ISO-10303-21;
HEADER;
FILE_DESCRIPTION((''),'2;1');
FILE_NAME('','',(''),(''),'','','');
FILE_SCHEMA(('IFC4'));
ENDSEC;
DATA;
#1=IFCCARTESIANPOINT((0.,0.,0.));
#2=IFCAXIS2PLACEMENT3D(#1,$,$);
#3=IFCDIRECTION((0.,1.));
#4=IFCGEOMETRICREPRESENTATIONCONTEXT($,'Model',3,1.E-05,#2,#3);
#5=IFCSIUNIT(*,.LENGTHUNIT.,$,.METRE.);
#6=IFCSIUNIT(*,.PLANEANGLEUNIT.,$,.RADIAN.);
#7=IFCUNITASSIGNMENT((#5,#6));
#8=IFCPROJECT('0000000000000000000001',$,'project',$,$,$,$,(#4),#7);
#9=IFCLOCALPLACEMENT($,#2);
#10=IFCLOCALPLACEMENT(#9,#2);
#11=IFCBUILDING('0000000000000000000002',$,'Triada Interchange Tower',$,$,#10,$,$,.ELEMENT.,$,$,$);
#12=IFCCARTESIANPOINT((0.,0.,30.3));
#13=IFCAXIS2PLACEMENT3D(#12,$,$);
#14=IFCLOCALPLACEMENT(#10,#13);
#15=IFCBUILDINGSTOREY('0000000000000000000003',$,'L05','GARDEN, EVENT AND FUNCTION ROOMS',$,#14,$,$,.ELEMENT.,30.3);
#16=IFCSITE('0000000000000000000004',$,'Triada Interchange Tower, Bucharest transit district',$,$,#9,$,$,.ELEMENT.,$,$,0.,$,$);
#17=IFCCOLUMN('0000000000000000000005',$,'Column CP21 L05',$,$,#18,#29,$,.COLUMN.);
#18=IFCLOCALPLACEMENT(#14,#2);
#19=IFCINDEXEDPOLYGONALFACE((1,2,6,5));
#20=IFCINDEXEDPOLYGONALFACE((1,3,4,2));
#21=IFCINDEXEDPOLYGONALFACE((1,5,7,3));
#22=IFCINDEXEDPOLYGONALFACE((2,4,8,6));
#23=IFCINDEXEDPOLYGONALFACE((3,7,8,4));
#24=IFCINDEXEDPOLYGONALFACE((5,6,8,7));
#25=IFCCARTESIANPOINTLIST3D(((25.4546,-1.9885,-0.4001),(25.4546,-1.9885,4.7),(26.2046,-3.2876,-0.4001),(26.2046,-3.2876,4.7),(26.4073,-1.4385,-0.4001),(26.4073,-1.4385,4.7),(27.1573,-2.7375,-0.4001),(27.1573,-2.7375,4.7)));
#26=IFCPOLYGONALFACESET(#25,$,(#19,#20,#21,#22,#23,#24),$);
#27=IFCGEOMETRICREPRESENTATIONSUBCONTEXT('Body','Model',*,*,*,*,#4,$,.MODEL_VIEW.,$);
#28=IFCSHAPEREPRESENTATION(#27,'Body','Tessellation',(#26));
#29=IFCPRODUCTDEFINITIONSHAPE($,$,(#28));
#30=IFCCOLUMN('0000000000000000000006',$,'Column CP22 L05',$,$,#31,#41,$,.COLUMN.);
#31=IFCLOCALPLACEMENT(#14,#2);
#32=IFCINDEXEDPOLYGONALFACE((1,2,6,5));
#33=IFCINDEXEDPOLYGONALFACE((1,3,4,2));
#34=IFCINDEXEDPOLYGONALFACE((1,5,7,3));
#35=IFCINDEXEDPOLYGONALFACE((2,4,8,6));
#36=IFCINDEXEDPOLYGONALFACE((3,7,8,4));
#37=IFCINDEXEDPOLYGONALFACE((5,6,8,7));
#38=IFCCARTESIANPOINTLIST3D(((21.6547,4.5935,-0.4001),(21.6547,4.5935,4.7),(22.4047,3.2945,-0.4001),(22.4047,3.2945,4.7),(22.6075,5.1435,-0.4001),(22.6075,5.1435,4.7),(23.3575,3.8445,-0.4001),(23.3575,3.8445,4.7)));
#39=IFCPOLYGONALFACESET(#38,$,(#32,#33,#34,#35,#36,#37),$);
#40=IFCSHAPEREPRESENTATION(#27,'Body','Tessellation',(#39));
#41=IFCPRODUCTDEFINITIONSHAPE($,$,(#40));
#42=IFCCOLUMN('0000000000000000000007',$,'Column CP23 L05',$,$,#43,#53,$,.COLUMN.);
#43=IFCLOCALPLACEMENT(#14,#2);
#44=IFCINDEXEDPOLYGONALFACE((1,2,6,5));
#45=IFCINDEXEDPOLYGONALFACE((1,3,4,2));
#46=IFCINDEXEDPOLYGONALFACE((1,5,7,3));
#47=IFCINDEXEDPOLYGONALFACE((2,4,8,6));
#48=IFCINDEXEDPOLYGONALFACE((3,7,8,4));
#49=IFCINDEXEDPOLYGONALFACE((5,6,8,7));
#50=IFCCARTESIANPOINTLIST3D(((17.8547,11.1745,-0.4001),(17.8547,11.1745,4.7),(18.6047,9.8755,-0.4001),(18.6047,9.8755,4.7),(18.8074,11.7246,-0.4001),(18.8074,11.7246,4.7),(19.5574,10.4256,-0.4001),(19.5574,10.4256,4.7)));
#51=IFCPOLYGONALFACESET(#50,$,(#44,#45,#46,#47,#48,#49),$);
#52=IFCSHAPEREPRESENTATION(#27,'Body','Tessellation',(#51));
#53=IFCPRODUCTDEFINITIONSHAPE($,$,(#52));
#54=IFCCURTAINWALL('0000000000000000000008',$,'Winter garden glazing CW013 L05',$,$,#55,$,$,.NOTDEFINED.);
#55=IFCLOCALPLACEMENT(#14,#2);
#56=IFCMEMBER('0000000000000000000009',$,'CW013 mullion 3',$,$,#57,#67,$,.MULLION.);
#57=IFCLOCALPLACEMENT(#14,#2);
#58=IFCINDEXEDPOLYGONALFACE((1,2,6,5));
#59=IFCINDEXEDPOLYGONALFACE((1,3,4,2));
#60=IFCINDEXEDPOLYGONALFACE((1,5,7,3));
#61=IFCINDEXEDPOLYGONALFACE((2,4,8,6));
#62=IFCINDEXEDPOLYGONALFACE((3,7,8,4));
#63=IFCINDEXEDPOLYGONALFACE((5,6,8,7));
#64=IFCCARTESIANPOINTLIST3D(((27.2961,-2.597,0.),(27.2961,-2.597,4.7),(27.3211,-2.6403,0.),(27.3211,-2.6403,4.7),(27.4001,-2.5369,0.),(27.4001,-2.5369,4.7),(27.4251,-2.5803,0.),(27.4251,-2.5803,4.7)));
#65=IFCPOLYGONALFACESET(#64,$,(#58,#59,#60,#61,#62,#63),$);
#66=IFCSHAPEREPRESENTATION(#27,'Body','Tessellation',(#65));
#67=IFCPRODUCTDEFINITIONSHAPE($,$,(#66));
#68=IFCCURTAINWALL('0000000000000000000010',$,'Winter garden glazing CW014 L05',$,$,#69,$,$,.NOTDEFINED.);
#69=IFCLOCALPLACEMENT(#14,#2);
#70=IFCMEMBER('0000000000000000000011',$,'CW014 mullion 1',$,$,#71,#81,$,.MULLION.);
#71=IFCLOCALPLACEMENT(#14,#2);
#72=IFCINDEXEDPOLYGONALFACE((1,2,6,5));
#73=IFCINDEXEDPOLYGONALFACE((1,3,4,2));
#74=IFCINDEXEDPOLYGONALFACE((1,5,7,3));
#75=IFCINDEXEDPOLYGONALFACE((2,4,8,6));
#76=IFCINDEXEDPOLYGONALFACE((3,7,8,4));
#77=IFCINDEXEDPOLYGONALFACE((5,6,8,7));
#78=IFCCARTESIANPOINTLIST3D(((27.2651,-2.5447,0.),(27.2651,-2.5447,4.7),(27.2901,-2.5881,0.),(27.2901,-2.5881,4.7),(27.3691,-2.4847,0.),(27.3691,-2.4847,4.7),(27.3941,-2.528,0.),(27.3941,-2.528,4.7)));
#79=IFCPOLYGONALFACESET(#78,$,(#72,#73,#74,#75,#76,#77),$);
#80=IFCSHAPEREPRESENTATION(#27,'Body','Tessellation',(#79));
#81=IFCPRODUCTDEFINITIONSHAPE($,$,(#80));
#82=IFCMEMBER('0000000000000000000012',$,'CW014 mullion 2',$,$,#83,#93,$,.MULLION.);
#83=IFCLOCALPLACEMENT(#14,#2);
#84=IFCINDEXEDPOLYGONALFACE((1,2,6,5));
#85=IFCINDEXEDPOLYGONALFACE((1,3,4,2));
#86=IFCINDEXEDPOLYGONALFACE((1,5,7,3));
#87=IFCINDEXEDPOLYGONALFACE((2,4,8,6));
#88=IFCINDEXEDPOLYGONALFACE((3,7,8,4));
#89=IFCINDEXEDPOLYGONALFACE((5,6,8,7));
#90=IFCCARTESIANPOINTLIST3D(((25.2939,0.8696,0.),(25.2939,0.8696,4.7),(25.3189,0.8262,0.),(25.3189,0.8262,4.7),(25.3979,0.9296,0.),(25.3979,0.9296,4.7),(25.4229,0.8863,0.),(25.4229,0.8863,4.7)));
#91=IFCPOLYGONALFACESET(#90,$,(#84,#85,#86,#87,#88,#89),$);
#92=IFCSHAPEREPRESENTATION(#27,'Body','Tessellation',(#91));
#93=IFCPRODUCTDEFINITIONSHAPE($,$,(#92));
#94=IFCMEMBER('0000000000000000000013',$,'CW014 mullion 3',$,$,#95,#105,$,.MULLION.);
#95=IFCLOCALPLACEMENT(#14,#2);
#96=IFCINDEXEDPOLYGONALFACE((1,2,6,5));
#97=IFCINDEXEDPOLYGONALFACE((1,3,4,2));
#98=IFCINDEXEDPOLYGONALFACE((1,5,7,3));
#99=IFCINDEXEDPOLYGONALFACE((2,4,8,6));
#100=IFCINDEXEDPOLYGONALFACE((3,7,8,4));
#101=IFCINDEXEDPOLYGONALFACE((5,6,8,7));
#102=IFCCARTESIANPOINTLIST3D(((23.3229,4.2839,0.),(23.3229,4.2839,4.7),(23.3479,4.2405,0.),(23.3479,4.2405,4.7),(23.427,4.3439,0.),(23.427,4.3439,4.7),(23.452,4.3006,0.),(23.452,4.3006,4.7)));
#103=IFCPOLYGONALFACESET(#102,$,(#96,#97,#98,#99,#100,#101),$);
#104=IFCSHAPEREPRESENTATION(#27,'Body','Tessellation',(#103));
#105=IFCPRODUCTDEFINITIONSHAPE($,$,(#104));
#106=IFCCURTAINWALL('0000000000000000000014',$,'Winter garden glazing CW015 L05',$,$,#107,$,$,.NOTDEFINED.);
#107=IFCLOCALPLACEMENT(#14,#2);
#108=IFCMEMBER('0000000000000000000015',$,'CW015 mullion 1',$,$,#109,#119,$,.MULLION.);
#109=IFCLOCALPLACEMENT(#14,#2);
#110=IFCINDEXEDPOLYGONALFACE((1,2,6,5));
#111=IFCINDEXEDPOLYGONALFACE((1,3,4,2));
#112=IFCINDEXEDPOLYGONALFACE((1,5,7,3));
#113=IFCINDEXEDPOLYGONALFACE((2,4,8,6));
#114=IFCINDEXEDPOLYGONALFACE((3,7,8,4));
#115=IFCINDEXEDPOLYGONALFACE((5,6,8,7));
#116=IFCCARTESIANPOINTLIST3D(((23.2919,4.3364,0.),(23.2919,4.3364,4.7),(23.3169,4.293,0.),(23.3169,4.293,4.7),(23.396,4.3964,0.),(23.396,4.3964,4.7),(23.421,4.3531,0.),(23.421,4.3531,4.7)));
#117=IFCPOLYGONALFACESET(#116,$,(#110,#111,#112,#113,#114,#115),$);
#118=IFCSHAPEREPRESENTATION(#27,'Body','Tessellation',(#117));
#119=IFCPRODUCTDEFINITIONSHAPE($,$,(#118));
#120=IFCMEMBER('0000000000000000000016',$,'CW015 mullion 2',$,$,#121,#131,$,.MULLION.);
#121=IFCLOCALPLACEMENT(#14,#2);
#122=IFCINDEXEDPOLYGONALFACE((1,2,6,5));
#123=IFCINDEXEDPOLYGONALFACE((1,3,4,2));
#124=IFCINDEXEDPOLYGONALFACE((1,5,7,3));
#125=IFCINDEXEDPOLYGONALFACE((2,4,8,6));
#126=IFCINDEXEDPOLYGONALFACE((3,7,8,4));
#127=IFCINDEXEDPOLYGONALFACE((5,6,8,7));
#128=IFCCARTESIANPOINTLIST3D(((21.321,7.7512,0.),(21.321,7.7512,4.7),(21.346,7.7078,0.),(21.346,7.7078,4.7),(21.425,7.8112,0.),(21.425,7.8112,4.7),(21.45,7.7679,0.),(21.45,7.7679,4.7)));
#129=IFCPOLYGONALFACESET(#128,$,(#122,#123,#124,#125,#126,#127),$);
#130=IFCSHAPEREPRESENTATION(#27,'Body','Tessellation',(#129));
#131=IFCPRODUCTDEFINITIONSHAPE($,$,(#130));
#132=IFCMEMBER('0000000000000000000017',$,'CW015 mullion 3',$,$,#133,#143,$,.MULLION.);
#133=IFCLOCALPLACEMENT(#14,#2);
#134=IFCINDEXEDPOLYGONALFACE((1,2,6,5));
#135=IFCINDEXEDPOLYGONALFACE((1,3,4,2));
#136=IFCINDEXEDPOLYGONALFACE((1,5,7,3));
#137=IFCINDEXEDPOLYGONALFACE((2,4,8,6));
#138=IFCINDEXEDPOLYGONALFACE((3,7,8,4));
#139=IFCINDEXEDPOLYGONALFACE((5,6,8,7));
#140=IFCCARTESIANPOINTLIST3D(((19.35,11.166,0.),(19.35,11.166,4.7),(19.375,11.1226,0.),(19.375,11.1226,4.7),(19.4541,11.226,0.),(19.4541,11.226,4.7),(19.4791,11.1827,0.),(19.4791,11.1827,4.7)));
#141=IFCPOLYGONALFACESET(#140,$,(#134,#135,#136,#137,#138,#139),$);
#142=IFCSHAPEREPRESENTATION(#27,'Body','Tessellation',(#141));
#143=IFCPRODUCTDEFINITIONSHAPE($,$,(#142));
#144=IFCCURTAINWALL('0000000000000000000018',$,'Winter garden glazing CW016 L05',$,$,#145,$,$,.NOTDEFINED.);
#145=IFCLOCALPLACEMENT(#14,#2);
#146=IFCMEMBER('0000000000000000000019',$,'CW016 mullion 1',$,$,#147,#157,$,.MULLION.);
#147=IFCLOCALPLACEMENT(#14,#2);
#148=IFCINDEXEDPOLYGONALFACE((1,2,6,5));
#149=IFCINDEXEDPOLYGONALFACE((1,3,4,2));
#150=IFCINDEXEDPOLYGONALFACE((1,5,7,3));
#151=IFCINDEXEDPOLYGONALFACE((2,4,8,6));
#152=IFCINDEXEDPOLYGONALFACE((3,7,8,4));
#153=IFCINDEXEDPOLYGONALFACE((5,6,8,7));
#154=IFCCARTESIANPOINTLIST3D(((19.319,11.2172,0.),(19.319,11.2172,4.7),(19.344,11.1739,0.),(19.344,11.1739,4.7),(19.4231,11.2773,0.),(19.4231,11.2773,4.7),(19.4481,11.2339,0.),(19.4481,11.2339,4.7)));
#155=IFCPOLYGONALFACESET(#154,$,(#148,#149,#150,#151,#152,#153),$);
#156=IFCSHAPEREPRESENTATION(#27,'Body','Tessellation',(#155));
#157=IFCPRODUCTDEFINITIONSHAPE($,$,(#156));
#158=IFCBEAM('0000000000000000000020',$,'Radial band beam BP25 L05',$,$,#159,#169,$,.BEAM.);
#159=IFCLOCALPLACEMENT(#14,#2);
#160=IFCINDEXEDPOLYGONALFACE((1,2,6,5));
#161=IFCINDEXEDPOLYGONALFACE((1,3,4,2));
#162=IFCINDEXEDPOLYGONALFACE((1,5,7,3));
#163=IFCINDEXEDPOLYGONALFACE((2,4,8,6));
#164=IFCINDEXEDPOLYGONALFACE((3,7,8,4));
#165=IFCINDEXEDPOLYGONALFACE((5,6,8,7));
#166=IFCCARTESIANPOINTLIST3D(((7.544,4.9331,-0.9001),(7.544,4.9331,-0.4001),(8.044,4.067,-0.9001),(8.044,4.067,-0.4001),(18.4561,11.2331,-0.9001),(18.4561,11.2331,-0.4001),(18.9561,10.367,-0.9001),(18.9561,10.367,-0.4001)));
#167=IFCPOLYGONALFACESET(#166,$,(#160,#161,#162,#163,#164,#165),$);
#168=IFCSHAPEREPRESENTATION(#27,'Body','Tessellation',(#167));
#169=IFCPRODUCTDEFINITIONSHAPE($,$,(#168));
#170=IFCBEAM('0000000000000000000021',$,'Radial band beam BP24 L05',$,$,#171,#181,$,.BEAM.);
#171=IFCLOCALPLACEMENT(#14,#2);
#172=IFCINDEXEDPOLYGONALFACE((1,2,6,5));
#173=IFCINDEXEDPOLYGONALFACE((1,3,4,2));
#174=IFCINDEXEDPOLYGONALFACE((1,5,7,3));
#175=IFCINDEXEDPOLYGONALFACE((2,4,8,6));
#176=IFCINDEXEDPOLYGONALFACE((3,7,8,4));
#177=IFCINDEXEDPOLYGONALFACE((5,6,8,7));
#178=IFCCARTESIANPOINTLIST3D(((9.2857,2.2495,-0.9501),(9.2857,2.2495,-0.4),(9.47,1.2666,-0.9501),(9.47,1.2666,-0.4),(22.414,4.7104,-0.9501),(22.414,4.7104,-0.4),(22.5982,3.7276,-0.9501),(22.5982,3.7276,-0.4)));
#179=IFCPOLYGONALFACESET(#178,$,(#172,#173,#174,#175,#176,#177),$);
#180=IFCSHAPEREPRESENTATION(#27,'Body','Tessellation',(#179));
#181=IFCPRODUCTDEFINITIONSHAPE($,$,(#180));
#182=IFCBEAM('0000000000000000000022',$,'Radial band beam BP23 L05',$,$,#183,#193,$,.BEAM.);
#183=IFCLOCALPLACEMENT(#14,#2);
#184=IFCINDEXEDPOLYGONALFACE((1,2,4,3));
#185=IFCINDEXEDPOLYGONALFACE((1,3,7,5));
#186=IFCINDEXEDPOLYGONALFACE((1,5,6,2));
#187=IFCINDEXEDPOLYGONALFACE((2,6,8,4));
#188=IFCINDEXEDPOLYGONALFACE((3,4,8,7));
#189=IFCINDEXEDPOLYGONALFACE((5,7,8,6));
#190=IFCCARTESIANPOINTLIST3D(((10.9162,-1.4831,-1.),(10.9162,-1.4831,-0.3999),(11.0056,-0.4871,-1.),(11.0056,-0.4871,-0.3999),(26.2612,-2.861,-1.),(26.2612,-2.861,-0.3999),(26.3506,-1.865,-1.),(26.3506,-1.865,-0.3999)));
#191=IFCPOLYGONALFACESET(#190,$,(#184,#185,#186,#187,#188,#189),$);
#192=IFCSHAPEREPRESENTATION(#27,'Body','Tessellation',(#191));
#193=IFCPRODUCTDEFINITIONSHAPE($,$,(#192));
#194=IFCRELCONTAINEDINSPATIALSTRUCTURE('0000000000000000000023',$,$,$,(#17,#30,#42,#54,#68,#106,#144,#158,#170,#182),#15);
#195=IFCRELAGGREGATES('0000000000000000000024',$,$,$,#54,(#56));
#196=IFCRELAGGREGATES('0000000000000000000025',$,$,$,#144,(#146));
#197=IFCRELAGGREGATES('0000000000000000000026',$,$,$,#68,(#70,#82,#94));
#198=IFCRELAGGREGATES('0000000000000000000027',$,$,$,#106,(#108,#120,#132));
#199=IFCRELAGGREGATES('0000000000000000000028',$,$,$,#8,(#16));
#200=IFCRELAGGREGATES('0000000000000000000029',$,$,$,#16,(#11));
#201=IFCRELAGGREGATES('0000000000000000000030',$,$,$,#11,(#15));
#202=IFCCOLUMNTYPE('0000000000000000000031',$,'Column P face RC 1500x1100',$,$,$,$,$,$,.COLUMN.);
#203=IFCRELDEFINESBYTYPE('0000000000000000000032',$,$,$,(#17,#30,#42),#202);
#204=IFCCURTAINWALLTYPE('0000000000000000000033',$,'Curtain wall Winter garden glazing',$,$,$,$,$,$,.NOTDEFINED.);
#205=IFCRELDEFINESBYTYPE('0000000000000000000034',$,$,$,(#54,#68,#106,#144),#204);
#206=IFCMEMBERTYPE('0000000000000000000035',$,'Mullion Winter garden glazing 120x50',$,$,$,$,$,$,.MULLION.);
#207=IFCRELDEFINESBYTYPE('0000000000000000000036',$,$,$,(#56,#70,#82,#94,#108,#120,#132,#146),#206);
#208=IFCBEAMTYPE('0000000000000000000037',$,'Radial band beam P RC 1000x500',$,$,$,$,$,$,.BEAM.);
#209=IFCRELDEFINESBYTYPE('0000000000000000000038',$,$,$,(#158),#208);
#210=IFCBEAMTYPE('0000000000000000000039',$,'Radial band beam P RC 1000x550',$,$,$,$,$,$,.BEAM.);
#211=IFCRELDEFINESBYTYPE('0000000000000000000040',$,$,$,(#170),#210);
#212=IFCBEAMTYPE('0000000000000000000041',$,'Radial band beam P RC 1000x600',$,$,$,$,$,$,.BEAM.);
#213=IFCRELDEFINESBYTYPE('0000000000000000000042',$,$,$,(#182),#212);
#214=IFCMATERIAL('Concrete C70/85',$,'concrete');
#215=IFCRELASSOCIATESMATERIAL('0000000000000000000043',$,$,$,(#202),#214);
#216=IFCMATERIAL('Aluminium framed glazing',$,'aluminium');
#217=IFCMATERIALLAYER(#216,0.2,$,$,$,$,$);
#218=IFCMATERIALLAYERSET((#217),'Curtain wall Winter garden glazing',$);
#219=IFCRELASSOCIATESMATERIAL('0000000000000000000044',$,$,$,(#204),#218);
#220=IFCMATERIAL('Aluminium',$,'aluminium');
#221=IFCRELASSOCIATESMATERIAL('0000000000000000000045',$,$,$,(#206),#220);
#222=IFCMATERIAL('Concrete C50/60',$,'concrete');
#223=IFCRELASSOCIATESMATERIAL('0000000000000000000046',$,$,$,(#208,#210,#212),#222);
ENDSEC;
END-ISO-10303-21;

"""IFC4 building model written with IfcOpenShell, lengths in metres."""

from ifc_helpers import new_model, si_unit, direction, frame, origin, origin_2d, place, context, subcontext, project, spatial, rectangle, extrude, material, layer, layer_set, material_profile, profile_set, type_object, element, aggregate, save


model = new_model("IFC4")

# Units and contexts
model_context = context("Model", 3, precision=1e-05, world=origin(), true_north=direction((0.0, 1.0)))
body_context = subcontext(model_context, "Body", "Model", "MODEL_VIEW")
ifc_project = project(units=[si_unit("LENGTHUNIT", "METRE"), si_unit("PLANEANGLEUNIT", "RADIAN")], contexts=[model_context])

# Site, building, storey
site_placement = place(None, origin())
site = spatial("IfcSite", under=ifc_project, at=site_placement, Name="Triada Interchange Tower, Bucharest transit district", CompositionType="ELEMENT", RefElevation=0.0)
building_placement = place(site_placement, origin())
building = spatial("IfcBuilding", under=site, at=building_placement, Name="Triada Interchange Tower", CompositionType="ELEMENT")
storey_placement = place(building_placement, frame((0.0, 0.0, 30.3)))
storey = spatial("IfcBuildingStorey", under=building, at=storey_placement, Name="L05", Description="GARDEN, EVENT AND FUNCTION ROOMS", CompositionType="ELEMENT", Elevation=30.3)

# Columns
ifc_material_1 = material(Name="Concrete C70/85", Category="concrete")
ifc_material_profile_1 = material_profile(ifc_material_1, rectangle(XDim=1.5, YDim=1.1001, at=origin_2d()), Name="RC 1500x1100")
ifc_profile_set_1 = profile_set([ifc_material_profile_1], Name="Concrete C70/85")
column_type = type_object("IfcColumnType", Name="Column P face RC 1500x1100", PredefinedType="COLUMN", material=ifc_profile_set_1)
for number, where, z_axis, x_axis, name in (
    (1, (26.3059, -2.363, -0.4001), (0.0, 0.0, 1.0), (-0.5, 0.866025, 0.0), "Column CP21 L05"),
    (2, (22.5061, 4.219, -0.4001), (0.0, 0.0, 1.0), (-0.5, 0.866025, 0.0), "Column CP22 L05"),
    (3, (18.7061, 10.8, -0.4001), (0.0, 0.0, 1.0), (-0.5, 0.866025, 0.0), "Column CP23 L05"),
):
    element("IfcColumn", number, at=place(storey_placement, frame(where, z_axis=z_axis, x_axis=x_axis)), inside=storey, type_object=column_type, Name=name, PredefinedType="COLUMN", context=body_context, shape_type="SweptSolid", body=[
        extrude(rectangle(XDim=1.5, YDim=1.1001, at=origin_2d()), origin(), (0.0, 0.0, 1.0), 5.1001),
    ])

# Curtain wall, member
ifc_material_2 = material(Name="Aluminium framed glazing", Category="aluminium")
ifc_layer_1 = layer(ifc_material_2, 0.2)
ifc_layer_set_1 = layer_set([ifc_layer_1], Name="Curtain wall Winter garden glazing")
curtain_wall_type = type_object("IfcCurtainWallType", Name="Curtain wall Winter garden glazing", PredefinedType="NOTDEFINED", material=ifc_layer_set_1)
curtain_wall_1_placement = place(storey_placement, origin())
curtain_wall_1 = element("IfcCurtainWall", 4, at=curtain_wall_1_placement, inside=storey, type_object=curtain_wall_type, Name="Winter garden glazing CW013 L05", PredefinedType="NOTDEFINED")
ifc_material_3 = material(Name="Aluminium", Category="aluminium")
ifc_material_profile_2 = material_profile(ifc_material_3, rectangle(XDim=0.1201, YDim=0.05, at=origin_2d()), Name="Aluminium mullion")
ifc_profile_set_2 = profile_set([ifc_material_profile_2], Name="Aluminium")
member_type_1 = type_object("IfcMemberType", Name="Mullion Winter garden glazing 120x50", PredefinedType="MULLION", material=ifc_profile_set_2)
member_1_placement = place(storey_placement, frame((27.3606, -2.5886, 0.0), z_axis=(0.0, 0.0, 1.0), x_axis=(-0.866055, -0.499948, 0.0)))
member_1 = element("IfcMember", 5, at=member_1_placement, type_object=member_type_1, Name="CW013 mullion 3", PredefinedType="MULLION", context=body_context, shape_type="SweptSolid", body=[
    extrude(rectangle(XDim=0.1201, YDim=0.05, at=origin_2d()), origin(), (0.0, 0.0, 1.0), 4.7),
])
aggregate(curtain_wall_1, [member_1])

# Curtain walls, members
curtain_wall_2_placement = place(storey_placement, origin())
curtain_wall_2 = element("IfcCurtainWall", 6, at=curtain_wall_2_placement, inside=storey, type_object=curtain_wall_type, Name="Winter garden glazing CW014 L05", PredefinedType="NOTDEFINED")
member_2_placement = place(storey_placement, frame((27.3296, -2.5364, 0.0), z_axis=(0.0, 0.0, 1.0), x_axis=(-0.866055, -0.499948, 0.0)))
member_2 = element("IfcMember", 7, at=member_2_placement, type_object=member_type_1, Name="CW014 mullion 1", PredefinedType="MULLION", context=body_context, shape_type="SweptSolid", body=[
    extrude(rectangle(XDim=0.1201, YDim=0.05, at=origin_2d()), origin(), (0.0, 0.0, 1.0), 4.7),
])
member_3_placement = place(storey_placement, frame((25.3584, 0.8779, 0.0), z_axis=(0.0, 0.0, 1.0), x_axis=(-0.866055, -0.499948, 0.0)))
member_3 = element("IfcMember", 8, at=member_3_placement, type_object=member_type_1, Name="CW014 mullion 2", PredefinedType="MULLION", context=body_context, shape_type="SweptSolid", body=[
    extrude(rectangle(XDim=0.1201, YDim=0.05, at=origin_2d()), origin(), (0.0, 0.0, 1.0), 4.7),
])
member_4_placement = place(storey_placement, frame((23.3875, 4.2922, 0.0), z_axis=(0.0, 0.0, 1.0), x_axis=(-0.866055, -0.499948, 0.0)))
member_4 = element("IfcMember", 9, at=member_4_placement, type_object=member_type_1, Name="CW014 mullion 3", PredefinedType="MULLION", context=body_context, shape_type="SweptSolid", body=[
    extrude(rectangle(XDim=0.1201, YDim=0.05, at=origin_2d()), origin(), (0.0, 0.0, 1.0), 4.7),
])
curtain_wall_3_placement = place(storey_placement, origin())
curtain_wall_3 = element("IfcCurtainWall", 10, at=curtain_wall_3_placement, inside=storey, type_object=curtain_wall_type, Name="Winter garden glazing CW015 L05", PredefinedType="NOTDEFINED")
member_5_placement = place(storey_placement, frame((23.3564, 4.3447, 0.0), z_axis=(0.0, 0.0, 1.0), x_axis=(-0.866087, -0.499893, 0.0)))
member_5 = element("IfcMember", 11, at=member_5_placement, type_object=member_type_1, Name="CW015 mullion 1", PredefinedType="MULLION", context=body_context, shape_type="SweptSolid", body=[
    extrude(rectangle(XDim=0.1201, YDim=0.05, at=origin_2d()), origin(), (0.0, 0.0, 1.0), 4.7),
])
member_6_placement = place(storey_placement, frame((21.3855, 7.7595, 0.0), z_axis=(0.0, 0.0, 1.0), x_axis=(-0.866087, -0.499893, 0.0)))
member_6 = element("IfcMember", 12, at=member_6_placement, type_object=member_type_1, Name="CW015 mullion 2", PredefinedType="MULLION", context=body_context, shape_type="SweptSolid", body=[
    extrude(rectangle(XDim=0.1201, YDim=0.05, at=origin_2d()), origin(), (0.0, 0.0, 1.0), 4.7),
])
member_7_placement = place(storey_placement, frame((19.4146, 11.1743, 0.0), z_axis=(0.0, 0.0, 1.0), x_axis=(-0.866087, -0.499893, 0.0)))
member_7 = element("IfcMember", 13, at=member_7_placement, type_object=member_type_1, Name="CW015 mullion 3", PredefinedType="MULLION", context=body_context, shape_type="SweptSolid", body=[
    extrude(rectangle(XDim=0.1201, YDim=0.05, at=origin_2d()), origin(), (0.0, 0.0, 1.0), 4.7),
])

# Curtain wall, member
curtain_wall_4_placement = place(storey_placement, origin())
curtain_wall_4 = element("IfcCurtainWall", 14, at=curtain_wall_4_placement, inside=storey, type_object=curtain_wall_type, Name="Winter garden glazing CW016 L05", PredefinedType="NOTDEFINED")
member_8_placement = place(storey_placement, frame((19.3835, 11.2256, 0.0), z_axis=(0.0, 0.0, 1.0), x_axis=(-0.866087, -0.499893, 0.0)))
member_8 = element("IfcMember", 15, at=member_8_placement, type_object=member_type_1, Name="CW016 mullion 1", PredefinedType="MULLION", context=body_context, shape_type="SweptSolid", body=[
    extrude(rectangle(XDim=0.1201, YDim=0.05, at=origin_2d()), origin(), (0.0, 0.0, 1.0), 4.7),
])

# Beams
ifc_material_4 = material(Name="Concrete C50/60", Category="concrete")
ifc_material_profile_3 = material_profile(ifc_material_4, rectangle(XDim=1.0, YDim=0.5, at=origin_2d()), Name="RC 1000x500")
ifc_profile_set_3 = profile_set([ifc_material_profile_3], Name="Concrete C50/60")
beam_type_1 = type_object("IfcBeamType", Name="Radial band beam P RC 1000x500", PredefinedType="BEAM", material=ifc_profile_set_3)
beam_1_placement = place(storey_placement, frame((18.7061, 10.8, -0.6501), z_axis=(-0.866027, -0.499996, 0.0), x_axis=(0.499996, -0.866027, 0.0)))
element("IfcBeam", 16, at=beam_1_placement, inside=storey, type_object=beam_type_1, Name="Radial band beam BP25 L05", PredefinedType="BEAM", context=body_context, shape_type="SweptSolid", body=[
    extrude(rectangle(XDim=1.0, YDim=0.5, at=origin_2d()), origin(), (0.0, 0.0, 1.0), 12.6001),
])
ifc_material_profile_4 = material_profile(ifc_material_4, rectangle(XDim=1.0, YDim=0.55, at=origin_2d()), Name="RC 1000x550")
ifc_profile_set_4 = profile_set([ifc_material_profile_4], Name="Concrete C50/60")
beam_type_2 = type_object("IfcBeamType", Name="Radial band beam P RC 1000x550", PredefinedType="BEAM", material=ifc_profile_set_4)
beam_2_placement = place(storey_placement, frame((22.5061, 4.219, -0.675), z_axis=(-0.98288, -0.184245, 0.0), x_axis=(0.184245, -0.98288, 0.0)))
element("IfcBeam", 17, at=beam_2_placement, inside=storey, type_object=beam_type_2, Name="Radial band beam BP24 L05", PredefinedType="BEAM", context=body_context, shape_type="SweptSolid", body=[
    extrude(rectangle(XDim=1.0, YDim=0.55, at=origin_2d()), origin(), (0.0, 0.0, 1.0), 13.3569),
])
ifc_material_profile_5 = material_profile(ifc_material_4, rectangle(XDim=1.0, YDim=0.6001, at=origin_2d()), Name="RC 1000x600")
ifc_profile_set_5 = profile_set([ifc_material_profile_5], Name="Concrete C50/60")
beam_type_3 = type_object("IfcBeamType", Name="Radial band beam P RC 1000x600", PredefinedType="BEAM", material=ifc_profile_set_5)
beam_3_placement = place(storey_placement, frame((26.3059, -2.363, -0.7), z_axis=(-0.995992, 0.089437, 0.0), x_axis=(-0.089437, -0.995992, 0.0)))
element("IfcBeam", 18, at=beam_3_placement, inside=storey, type_object=beam_type_3, Name="Radial band beam BP23 L05", PredefinedType="BEAM", context=body_context, shape_type="SweptSolid", body=[
    extrude(rectangle(XDim=1.0, YDim=0.6001, at=origin_2d()), origin(), (0.0, 0.0, 1.0), 15.4067),
])

aggregate(curtain_wall_4, [member_8])

aggregate(curtain_wall_2, [member_2, member_3, member_4])
aggregate(curtain_wall_3, [member_5, member_6, member_7])

save(model, "model.ifc")
